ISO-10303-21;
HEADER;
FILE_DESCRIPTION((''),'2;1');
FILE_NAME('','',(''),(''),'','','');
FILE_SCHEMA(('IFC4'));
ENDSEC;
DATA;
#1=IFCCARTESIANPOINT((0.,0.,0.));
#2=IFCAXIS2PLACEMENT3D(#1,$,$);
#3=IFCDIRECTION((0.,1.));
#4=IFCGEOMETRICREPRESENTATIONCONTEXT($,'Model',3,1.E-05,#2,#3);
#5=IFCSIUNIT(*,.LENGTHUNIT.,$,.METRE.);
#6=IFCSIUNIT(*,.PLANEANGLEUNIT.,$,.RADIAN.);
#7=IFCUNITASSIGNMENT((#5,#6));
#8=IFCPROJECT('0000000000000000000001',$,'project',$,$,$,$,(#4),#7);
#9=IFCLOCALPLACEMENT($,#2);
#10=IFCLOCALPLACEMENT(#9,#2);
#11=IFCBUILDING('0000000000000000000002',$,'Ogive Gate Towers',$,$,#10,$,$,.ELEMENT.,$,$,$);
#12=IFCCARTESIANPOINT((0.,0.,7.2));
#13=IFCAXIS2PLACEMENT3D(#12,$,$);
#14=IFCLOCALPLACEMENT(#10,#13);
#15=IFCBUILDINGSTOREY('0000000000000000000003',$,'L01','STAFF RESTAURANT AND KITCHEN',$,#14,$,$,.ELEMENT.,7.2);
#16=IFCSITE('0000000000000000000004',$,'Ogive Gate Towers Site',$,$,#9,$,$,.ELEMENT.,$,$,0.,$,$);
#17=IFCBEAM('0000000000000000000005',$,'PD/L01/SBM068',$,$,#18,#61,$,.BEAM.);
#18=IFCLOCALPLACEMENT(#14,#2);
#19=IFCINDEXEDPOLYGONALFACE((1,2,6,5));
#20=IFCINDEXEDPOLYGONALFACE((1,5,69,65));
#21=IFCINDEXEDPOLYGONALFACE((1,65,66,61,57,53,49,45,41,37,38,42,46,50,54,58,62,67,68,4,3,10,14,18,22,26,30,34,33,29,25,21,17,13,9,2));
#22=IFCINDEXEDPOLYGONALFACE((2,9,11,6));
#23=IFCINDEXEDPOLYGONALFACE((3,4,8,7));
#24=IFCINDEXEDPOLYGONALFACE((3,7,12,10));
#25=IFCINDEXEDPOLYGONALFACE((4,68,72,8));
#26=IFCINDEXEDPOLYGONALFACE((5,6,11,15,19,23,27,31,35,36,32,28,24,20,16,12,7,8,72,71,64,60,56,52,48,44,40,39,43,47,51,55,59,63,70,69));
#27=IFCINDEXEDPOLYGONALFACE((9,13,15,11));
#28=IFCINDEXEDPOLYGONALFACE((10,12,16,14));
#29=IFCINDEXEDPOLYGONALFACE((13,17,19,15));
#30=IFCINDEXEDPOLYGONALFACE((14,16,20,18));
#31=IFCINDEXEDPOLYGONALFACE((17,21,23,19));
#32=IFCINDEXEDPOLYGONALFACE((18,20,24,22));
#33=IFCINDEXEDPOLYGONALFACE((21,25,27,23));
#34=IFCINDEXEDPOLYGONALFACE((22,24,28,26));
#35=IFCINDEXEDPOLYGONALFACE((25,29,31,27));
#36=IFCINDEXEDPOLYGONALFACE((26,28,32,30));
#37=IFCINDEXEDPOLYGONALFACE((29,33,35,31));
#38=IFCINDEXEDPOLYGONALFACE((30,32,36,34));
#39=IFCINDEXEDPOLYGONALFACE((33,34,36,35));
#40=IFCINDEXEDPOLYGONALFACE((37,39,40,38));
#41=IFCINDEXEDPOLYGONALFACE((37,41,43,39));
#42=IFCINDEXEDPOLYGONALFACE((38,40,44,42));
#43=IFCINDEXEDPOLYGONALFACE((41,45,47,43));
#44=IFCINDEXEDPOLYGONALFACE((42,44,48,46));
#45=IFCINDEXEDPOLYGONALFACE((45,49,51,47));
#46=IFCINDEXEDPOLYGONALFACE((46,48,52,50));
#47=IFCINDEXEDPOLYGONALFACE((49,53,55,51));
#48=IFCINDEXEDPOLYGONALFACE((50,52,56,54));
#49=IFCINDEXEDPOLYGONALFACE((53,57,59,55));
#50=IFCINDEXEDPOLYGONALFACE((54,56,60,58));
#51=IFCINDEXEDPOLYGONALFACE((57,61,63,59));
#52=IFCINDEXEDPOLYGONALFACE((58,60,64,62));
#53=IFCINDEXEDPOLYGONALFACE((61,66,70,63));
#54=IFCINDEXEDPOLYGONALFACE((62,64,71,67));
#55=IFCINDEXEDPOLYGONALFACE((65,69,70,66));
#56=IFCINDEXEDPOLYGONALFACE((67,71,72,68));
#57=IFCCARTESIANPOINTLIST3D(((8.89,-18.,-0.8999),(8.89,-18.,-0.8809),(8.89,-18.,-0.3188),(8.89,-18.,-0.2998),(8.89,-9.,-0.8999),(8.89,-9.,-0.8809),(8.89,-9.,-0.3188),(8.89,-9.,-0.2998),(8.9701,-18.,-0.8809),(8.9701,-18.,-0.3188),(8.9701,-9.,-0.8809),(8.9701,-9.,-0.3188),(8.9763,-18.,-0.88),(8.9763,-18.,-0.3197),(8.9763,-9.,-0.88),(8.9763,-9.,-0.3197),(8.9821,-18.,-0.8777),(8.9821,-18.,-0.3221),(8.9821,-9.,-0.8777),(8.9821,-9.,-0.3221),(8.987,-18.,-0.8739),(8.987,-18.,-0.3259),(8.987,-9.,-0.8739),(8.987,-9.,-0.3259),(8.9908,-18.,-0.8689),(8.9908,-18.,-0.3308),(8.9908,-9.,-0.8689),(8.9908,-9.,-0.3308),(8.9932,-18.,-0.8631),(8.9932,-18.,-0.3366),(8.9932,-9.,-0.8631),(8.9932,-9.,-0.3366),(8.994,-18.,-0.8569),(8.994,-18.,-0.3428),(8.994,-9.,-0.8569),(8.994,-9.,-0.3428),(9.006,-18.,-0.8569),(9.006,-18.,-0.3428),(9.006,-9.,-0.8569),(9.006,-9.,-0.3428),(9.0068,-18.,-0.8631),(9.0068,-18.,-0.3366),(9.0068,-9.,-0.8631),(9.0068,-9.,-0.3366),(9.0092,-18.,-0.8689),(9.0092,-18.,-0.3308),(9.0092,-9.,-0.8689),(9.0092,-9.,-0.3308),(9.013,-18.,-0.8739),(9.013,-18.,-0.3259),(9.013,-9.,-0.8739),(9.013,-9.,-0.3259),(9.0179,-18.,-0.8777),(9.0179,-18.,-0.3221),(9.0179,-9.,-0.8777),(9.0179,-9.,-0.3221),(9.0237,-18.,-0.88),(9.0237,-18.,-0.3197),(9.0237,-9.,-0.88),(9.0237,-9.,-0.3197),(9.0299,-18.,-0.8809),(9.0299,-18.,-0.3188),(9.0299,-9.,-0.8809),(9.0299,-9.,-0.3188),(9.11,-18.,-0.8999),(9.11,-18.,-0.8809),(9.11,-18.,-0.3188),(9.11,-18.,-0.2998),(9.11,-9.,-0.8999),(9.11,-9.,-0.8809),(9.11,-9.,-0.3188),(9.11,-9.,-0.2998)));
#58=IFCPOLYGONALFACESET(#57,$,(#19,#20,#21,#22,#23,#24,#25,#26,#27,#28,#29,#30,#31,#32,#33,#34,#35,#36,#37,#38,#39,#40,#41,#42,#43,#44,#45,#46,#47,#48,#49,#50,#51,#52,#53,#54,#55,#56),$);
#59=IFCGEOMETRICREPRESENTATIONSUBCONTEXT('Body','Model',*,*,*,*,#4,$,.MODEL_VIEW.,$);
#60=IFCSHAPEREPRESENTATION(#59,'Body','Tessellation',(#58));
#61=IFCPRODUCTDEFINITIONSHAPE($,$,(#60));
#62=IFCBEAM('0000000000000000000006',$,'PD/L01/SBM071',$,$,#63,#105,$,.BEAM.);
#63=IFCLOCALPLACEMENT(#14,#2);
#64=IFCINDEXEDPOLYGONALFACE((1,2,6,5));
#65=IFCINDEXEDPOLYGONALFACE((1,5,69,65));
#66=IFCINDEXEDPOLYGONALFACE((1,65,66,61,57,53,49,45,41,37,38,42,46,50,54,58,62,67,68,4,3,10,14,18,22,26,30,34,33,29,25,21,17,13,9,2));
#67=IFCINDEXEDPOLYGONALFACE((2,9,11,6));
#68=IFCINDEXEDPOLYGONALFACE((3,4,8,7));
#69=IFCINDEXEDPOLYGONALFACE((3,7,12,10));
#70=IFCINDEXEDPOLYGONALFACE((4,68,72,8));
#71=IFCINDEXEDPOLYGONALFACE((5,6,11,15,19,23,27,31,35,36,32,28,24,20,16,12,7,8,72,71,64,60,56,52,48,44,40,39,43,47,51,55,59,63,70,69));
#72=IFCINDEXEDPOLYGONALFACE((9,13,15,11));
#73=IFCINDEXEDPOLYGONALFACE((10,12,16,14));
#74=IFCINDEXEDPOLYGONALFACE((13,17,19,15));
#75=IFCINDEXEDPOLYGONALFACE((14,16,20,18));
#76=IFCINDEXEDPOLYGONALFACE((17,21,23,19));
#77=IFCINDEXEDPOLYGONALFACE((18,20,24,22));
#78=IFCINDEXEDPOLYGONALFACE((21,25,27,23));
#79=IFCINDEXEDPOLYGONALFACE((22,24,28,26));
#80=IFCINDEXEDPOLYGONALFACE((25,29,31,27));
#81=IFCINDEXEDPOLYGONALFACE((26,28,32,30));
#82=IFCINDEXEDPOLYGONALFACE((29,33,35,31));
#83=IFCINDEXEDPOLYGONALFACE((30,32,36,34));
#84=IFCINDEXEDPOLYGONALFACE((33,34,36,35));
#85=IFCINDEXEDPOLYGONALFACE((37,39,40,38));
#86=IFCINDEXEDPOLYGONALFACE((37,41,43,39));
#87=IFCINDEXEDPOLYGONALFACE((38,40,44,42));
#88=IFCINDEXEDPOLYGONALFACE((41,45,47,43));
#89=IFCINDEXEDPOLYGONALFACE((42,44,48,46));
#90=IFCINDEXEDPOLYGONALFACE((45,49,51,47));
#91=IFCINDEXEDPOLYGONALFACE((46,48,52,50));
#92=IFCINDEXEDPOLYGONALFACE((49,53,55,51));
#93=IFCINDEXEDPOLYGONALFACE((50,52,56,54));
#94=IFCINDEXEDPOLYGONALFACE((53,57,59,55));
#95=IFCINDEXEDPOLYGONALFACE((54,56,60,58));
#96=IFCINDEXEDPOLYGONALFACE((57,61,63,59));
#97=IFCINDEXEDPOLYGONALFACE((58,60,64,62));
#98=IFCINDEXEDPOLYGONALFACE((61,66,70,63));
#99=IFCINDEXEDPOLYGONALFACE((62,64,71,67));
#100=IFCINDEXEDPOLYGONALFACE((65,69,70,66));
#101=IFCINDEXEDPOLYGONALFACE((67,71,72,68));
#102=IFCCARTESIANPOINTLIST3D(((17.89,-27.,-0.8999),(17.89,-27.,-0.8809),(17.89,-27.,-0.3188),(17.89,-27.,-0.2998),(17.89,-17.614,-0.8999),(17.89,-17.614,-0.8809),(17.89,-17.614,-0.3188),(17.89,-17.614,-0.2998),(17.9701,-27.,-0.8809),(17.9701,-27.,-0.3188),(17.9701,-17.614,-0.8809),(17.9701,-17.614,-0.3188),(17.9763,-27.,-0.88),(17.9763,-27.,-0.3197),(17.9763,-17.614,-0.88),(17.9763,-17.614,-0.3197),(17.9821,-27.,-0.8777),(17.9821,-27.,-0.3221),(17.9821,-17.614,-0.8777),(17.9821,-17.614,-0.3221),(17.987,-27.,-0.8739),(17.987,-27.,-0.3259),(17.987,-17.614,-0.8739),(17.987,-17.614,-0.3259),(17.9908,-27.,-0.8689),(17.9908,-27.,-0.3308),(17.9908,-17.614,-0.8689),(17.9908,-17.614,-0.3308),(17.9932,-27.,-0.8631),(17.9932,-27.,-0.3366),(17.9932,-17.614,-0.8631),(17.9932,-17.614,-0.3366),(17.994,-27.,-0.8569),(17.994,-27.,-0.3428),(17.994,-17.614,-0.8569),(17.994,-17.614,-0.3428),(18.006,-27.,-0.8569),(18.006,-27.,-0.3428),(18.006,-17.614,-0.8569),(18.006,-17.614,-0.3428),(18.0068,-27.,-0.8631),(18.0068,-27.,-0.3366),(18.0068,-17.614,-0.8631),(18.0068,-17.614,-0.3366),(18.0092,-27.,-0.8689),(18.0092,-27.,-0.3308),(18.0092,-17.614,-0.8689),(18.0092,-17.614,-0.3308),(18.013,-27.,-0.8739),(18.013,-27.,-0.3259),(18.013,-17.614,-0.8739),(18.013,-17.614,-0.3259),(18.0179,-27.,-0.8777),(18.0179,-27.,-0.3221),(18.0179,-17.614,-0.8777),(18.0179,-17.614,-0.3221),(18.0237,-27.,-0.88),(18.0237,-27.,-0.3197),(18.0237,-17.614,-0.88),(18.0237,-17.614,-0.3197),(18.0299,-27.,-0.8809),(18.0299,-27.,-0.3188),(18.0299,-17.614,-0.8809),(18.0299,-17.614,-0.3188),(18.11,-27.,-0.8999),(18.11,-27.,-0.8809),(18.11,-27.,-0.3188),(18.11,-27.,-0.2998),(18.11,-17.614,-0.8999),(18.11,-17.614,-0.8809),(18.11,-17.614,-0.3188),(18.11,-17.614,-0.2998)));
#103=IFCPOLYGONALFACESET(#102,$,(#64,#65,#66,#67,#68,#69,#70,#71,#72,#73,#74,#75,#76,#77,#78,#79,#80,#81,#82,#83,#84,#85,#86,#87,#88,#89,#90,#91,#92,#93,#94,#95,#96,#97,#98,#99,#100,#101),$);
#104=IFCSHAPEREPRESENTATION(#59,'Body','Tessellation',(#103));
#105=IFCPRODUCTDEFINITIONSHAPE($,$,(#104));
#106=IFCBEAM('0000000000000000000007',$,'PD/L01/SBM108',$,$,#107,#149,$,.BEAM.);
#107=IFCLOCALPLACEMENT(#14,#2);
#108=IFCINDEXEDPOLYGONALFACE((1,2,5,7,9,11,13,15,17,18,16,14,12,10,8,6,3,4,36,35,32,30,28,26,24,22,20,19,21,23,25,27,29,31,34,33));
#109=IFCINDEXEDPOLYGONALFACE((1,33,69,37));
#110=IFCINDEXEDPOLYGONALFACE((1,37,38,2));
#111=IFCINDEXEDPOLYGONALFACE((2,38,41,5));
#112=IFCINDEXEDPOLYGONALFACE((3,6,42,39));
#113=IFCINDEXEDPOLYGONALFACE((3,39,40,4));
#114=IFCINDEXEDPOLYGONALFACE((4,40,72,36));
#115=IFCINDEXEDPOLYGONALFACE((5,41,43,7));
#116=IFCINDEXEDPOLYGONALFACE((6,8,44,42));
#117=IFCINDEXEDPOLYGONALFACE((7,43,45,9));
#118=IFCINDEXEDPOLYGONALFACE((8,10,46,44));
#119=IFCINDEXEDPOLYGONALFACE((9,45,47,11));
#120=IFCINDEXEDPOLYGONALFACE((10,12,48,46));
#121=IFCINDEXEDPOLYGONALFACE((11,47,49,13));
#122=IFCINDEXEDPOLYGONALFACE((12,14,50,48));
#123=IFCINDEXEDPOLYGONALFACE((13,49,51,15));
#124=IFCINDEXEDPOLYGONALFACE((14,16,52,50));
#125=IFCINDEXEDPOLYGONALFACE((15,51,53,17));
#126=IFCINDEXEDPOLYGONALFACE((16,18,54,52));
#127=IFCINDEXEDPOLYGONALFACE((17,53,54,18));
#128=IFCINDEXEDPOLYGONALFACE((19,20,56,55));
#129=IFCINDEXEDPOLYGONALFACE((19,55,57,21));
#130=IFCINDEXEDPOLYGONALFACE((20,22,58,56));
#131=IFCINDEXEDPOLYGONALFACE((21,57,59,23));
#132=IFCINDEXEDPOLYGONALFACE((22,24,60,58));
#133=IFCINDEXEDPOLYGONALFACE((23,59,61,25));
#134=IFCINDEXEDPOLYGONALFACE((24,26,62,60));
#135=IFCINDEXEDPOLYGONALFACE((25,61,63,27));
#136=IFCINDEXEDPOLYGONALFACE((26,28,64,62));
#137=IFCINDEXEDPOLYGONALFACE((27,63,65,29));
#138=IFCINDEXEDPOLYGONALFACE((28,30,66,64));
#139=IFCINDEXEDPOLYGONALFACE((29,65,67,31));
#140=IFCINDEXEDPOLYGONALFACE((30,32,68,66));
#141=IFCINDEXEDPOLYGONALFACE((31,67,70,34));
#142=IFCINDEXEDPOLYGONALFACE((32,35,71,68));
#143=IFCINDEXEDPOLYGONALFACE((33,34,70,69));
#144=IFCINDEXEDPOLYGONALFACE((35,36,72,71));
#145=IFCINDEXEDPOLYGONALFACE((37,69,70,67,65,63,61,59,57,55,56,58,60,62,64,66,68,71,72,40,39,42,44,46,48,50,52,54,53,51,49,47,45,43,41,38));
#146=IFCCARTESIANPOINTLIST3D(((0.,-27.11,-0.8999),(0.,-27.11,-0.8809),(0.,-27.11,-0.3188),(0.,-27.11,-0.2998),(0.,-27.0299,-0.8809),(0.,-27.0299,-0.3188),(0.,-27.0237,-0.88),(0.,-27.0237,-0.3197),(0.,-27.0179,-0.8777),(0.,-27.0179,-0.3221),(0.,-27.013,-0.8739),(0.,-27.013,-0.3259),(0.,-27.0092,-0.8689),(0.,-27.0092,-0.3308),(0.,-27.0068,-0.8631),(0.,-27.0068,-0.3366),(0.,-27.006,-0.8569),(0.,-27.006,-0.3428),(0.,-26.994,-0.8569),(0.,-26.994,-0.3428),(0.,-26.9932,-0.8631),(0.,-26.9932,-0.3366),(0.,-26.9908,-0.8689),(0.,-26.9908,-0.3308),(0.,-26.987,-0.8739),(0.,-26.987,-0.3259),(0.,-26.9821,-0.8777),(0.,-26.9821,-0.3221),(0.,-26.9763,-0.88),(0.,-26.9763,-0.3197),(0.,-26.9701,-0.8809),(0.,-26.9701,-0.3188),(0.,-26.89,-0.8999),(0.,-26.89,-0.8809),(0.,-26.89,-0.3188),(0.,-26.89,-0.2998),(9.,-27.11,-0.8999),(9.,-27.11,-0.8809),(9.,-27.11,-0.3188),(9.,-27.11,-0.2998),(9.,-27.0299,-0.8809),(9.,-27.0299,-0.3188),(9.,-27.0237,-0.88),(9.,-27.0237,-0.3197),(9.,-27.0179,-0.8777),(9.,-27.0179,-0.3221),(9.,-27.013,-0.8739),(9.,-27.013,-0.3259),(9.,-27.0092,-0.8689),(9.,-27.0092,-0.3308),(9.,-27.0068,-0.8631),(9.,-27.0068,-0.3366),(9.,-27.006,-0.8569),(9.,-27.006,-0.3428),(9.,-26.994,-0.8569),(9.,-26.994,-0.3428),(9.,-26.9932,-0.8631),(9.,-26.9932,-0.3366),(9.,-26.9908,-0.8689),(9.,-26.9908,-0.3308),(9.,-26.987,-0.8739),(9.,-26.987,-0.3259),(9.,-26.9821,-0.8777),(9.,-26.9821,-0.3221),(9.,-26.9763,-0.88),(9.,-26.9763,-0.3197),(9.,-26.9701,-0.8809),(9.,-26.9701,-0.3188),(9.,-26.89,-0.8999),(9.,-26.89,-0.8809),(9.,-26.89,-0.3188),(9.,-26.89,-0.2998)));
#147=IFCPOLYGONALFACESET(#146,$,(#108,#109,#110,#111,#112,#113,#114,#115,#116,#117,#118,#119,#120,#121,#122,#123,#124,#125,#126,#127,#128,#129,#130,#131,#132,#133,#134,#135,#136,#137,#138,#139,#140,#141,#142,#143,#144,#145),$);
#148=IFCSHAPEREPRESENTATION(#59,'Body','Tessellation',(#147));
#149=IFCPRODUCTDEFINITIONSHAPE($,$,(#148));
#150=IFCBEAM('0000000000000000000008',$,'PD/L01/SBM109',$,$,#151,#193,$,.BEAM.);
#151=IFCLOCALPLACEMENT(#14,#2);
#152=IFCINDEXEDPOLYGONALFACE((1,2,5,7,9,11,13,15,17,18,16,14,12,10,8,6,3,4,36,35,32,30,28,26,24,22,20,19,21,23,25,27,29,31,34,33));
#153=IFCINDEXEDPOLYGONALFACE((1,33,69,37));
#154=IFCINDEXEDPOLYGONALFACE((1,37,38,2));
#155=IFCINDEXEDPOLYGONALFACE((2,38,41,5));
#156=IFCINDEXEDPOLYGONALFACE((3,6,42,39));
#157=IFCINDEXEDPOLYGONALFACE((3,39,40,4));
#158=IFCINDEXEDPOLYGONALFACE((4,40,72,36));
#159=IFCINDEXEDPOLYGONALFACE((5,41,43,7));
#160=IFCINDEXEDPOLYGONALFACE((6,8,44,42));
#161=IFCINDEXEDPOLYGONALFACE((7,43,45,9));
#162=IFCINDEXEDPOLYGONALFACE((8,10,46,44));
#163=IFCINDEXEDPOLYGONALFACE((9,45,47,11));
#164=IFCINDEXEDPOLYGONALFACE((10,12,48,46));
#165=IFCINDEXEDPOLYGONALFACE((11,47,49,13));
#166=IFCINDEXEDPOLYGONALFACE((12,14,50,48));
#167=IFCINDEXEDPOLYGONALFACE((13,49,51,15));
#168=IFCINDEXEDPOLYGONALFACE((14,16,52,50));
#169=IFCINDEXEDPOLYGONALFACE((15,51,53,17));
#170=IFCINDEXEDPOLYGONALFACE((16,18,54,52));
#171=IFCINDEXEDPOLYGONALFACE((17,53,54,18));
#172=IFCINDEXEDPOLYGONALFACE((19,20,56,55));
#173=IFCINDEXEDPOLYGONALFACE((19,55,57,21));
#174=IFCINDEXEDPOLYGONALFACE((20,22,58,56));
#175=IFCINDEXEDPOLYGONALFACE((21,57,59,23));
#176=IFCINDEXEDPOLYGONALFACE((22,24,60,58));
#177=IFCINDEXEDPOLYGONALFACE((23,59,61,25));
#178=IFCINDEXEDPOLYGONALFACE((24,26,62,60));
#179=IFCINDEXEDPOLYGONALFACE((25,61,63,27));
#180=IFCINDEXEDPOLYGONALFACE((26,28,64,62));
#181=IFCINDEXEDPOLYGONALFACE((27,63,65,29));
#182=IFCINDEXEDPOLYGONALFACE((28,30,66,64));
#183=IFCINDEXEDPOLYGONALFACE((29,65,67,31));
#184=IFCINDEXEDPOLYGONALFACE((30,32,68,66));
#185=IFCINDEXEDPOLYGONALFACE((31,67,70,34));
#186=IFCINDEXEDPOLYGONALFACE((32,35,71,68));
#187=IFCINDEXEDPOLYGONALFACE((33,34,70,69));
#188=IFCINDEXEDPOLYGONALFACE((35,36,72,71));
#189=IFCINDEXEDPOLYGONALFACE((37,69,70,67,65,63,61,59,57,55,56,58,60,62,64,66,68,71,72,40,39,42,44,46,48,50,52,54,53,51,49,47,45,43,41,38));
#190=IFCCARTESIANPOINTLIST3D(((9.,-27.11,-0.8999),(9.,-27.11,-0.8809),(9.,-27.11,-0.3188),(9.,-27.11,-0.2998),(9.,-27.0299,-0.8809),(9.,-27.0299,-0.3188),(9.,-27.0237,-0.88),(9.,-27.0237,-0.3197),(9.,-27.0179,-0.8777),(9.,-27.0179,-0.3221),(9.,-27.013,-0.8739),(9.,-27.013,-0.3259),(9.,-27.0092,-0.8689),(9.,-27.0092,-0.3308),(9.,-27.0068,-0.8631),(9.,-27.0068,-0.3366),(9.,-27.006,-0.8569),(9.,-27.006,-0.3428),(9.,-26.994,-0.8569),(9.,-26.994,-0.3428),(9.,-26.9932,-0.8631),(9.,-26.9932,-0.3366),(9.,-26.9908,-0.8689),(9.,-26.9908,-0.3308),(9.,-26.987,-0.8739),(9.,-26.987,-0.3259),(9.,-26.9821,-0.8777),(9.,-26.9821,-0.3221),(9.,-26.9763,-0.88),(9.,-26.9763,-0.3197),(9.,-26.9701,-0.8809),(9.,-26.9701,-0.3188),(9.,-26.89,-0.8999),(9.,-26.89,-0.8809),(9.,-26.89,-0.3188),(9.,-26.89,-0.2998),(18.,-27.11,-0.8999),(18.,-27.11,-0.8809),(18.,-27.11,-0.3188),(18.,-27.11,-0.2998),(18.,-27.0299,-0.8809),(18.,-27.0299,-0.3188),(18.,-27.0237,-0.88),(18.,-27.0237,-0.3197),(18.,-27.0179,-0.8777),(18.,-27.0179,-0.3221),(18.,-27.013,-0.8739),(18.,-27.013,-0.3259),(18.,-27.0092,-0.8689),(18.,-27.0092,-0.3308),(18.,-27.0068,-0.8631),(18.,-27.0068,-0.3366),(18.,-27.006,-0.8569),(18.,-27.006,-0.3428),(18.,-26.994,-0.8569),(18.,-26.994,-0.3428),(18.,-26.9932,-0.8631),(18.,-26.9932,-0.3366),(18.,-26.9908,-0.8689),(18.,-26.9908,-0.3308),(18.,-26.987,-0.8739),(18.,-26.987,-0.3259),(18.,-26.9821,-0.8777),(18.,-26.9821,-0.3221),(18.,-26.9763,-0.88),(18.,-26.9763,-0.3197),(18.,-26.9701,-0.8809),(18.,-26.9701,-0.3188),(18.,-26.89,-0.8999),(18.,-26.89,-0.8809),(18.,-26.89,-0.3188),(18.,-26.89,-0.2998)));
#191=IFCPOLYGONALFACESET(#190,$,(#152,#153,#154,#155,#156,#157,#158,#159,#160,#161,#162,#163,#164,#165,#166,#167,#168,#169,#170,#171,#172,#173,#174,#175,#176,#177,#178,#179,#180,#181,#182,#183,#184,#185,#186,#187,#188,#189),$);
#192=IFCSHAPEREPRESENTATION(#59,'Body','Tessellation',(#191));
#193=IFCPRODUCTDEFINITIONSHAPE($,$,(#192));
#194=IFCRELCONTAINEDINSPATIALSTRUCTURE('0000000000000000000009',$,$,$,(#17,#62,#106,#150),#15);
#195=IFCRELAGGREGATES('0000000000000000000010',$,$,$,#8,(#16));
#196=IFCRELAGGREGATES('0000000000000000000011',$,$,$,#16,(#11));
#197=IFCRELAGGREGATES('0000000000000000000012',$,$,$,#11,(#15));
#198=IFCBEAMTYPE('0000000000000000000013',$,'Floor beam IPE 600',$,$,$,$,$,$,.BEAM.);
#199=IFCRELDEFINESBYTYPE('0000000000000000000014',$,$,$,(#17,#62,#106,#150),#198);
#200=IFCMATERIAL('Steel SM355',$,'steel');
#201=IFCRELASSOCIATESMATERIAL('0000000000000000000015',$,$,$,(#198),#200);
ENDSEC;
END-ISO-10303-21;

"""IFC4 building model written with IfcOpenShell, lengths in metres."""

from ifc_helpers import new_model, si_unit, direction, frame, origin, origin_2d, place, context, subcontext, project, spatial, i_section, extrude, material, material_profile, profile_set, type_object, element, save


model = new_model("IFC4")

# Units and contexts
model_context = context("Model", 3, precision=1e-05, world=origin(), true_north=direction((0.0, 1.0)))
body_context = subcontext(model_context, "Body", "Model", "MODEL_VIEW")
ifc_project = project(units=[si_unit("LENGTHUNIT", "METRE"), si_unit("PLANEANGLEUNIT", "RADIAN")], contexts=[model_context])

# Site, building, storey
site_placement = place(None, origin())
site = spatial("IfcSite", under=ifc_project, at=site_placement, Name="Ogive Gate Towers Site", CompositionType="ELEMENT", RefElevation=0.0)
building_placement = place(site_placement, origin())
building = spatial("IfcBuilding", under=site, at=building_placement, Name="Ogive Gate Towers", CompositionType="ELEMENT")
storey_placement = place(building_placement, frame((0.0, 0.0, 7.2)))
storey = spatial("IfcBuildingStorey", under=building, at=storey_placement, Name="L01", Description="STAFF RESTAURANT AND KITCHEN", CompositionType="ELEMENT", Elevation=7.2)

# Beams
ifc_material_1 = material(Name="Steel SM355", Category="steel")
ifc_material_profile_1 = material_profile(ifc_material_1, i_section(OverallWidth=0.22, OverallDepth=0.6001, WebThickness=0.012, FlangeThickness=0.019, FilletRadius=0.0239, at=origin_2d()), Name="IPE 600")
ifc_profile_set_1 = profile_set([ifc_material_profile_1], Name="Steel SM355")
beam_type_1 = type_object("IfcBeamType", Name="Floor beam IPE 600", PredefinedType="BEAM", material=ifc_profile_set_1)
for number, where, z_axis, x_axis, name in (
    (1, (9.0, -18.0, -0.5999), (0.0, 1.0, 0.0), (-1.0, 0.0, 0.0), "PD/L01/SBM068"),
):
    element("IfcBeam", number, at=place(storey_placement, frame(where, z_axis=z_axis, x_axis=x_axis)), inside=storey, type_object=beam_type_1, Name=name, PredefinedType="BEAM", context=body_context, shape_type="SweptSolid", body=[
        extrude(i_section(OverallWidth=0.22, OverallDepth=0.6001, WebThickness=0.012, FlangeThickness=0.019, FilletRadius=0.0239, at=origin_2d()), origin(), (0.0, 0.0, 1.0), 9.0),
    ])
beam_1_placement = place(storey_placement, frame((18.0, -27.0, -0.5999), z_axis=(0.0, 1.0, 0.0), x_axis=(-1.0, 0.0, 0.0)))
element("IfcBeam", 2, at=beam_1_placement, inside=storey, type_object=beam_type_1, Name="PD/L01/SBM071", PredefinedType="BEAM", context=body_context, shape_type="SweptSolid", body=[
    extrude(i_section(OverallWidth=0.22, OverallDepth=0.6001, WebThickness=0.012, FlangeThickness=0.019, FilletRadius=0.0239, at=origin_2d()), origin(), (0.0, 0.0, 1.0), 9.386),
])
for number, where, z_axis, x_axis, name in (
    (3, (0.0, -27.0, -0.5999), (1.0, 0.0, 0.0), (0.0, 1.0, 0.0), "PD/L01/SBM108"),
    (4, (9.0, -27.0, -0.5999), (1.0, 0.0, 0.0), (0.0, 1.0, 0.0), "PD/L01/SBM109"),
):
    element("IfcBeam", number, at=place(storey_placement, frame(where, z_axis=z_axis, x_axis=x_axis)), inside=storey, type_object=beam_type_1, Name=name, PredefinedType="BEAM", context=body_context, shape_type="SweptSolid", body=[
        extrude(i_section(OverallWidth=0.22, OverallDepth=0.6001, WebThickness=0.012, FlangeThickness=0.019, FilletRadius=0.0239, at=origin_2d()), origin(), (0.0, 0.0, 1.0), 9.0),
    ])

save(model, "model.ifc")
